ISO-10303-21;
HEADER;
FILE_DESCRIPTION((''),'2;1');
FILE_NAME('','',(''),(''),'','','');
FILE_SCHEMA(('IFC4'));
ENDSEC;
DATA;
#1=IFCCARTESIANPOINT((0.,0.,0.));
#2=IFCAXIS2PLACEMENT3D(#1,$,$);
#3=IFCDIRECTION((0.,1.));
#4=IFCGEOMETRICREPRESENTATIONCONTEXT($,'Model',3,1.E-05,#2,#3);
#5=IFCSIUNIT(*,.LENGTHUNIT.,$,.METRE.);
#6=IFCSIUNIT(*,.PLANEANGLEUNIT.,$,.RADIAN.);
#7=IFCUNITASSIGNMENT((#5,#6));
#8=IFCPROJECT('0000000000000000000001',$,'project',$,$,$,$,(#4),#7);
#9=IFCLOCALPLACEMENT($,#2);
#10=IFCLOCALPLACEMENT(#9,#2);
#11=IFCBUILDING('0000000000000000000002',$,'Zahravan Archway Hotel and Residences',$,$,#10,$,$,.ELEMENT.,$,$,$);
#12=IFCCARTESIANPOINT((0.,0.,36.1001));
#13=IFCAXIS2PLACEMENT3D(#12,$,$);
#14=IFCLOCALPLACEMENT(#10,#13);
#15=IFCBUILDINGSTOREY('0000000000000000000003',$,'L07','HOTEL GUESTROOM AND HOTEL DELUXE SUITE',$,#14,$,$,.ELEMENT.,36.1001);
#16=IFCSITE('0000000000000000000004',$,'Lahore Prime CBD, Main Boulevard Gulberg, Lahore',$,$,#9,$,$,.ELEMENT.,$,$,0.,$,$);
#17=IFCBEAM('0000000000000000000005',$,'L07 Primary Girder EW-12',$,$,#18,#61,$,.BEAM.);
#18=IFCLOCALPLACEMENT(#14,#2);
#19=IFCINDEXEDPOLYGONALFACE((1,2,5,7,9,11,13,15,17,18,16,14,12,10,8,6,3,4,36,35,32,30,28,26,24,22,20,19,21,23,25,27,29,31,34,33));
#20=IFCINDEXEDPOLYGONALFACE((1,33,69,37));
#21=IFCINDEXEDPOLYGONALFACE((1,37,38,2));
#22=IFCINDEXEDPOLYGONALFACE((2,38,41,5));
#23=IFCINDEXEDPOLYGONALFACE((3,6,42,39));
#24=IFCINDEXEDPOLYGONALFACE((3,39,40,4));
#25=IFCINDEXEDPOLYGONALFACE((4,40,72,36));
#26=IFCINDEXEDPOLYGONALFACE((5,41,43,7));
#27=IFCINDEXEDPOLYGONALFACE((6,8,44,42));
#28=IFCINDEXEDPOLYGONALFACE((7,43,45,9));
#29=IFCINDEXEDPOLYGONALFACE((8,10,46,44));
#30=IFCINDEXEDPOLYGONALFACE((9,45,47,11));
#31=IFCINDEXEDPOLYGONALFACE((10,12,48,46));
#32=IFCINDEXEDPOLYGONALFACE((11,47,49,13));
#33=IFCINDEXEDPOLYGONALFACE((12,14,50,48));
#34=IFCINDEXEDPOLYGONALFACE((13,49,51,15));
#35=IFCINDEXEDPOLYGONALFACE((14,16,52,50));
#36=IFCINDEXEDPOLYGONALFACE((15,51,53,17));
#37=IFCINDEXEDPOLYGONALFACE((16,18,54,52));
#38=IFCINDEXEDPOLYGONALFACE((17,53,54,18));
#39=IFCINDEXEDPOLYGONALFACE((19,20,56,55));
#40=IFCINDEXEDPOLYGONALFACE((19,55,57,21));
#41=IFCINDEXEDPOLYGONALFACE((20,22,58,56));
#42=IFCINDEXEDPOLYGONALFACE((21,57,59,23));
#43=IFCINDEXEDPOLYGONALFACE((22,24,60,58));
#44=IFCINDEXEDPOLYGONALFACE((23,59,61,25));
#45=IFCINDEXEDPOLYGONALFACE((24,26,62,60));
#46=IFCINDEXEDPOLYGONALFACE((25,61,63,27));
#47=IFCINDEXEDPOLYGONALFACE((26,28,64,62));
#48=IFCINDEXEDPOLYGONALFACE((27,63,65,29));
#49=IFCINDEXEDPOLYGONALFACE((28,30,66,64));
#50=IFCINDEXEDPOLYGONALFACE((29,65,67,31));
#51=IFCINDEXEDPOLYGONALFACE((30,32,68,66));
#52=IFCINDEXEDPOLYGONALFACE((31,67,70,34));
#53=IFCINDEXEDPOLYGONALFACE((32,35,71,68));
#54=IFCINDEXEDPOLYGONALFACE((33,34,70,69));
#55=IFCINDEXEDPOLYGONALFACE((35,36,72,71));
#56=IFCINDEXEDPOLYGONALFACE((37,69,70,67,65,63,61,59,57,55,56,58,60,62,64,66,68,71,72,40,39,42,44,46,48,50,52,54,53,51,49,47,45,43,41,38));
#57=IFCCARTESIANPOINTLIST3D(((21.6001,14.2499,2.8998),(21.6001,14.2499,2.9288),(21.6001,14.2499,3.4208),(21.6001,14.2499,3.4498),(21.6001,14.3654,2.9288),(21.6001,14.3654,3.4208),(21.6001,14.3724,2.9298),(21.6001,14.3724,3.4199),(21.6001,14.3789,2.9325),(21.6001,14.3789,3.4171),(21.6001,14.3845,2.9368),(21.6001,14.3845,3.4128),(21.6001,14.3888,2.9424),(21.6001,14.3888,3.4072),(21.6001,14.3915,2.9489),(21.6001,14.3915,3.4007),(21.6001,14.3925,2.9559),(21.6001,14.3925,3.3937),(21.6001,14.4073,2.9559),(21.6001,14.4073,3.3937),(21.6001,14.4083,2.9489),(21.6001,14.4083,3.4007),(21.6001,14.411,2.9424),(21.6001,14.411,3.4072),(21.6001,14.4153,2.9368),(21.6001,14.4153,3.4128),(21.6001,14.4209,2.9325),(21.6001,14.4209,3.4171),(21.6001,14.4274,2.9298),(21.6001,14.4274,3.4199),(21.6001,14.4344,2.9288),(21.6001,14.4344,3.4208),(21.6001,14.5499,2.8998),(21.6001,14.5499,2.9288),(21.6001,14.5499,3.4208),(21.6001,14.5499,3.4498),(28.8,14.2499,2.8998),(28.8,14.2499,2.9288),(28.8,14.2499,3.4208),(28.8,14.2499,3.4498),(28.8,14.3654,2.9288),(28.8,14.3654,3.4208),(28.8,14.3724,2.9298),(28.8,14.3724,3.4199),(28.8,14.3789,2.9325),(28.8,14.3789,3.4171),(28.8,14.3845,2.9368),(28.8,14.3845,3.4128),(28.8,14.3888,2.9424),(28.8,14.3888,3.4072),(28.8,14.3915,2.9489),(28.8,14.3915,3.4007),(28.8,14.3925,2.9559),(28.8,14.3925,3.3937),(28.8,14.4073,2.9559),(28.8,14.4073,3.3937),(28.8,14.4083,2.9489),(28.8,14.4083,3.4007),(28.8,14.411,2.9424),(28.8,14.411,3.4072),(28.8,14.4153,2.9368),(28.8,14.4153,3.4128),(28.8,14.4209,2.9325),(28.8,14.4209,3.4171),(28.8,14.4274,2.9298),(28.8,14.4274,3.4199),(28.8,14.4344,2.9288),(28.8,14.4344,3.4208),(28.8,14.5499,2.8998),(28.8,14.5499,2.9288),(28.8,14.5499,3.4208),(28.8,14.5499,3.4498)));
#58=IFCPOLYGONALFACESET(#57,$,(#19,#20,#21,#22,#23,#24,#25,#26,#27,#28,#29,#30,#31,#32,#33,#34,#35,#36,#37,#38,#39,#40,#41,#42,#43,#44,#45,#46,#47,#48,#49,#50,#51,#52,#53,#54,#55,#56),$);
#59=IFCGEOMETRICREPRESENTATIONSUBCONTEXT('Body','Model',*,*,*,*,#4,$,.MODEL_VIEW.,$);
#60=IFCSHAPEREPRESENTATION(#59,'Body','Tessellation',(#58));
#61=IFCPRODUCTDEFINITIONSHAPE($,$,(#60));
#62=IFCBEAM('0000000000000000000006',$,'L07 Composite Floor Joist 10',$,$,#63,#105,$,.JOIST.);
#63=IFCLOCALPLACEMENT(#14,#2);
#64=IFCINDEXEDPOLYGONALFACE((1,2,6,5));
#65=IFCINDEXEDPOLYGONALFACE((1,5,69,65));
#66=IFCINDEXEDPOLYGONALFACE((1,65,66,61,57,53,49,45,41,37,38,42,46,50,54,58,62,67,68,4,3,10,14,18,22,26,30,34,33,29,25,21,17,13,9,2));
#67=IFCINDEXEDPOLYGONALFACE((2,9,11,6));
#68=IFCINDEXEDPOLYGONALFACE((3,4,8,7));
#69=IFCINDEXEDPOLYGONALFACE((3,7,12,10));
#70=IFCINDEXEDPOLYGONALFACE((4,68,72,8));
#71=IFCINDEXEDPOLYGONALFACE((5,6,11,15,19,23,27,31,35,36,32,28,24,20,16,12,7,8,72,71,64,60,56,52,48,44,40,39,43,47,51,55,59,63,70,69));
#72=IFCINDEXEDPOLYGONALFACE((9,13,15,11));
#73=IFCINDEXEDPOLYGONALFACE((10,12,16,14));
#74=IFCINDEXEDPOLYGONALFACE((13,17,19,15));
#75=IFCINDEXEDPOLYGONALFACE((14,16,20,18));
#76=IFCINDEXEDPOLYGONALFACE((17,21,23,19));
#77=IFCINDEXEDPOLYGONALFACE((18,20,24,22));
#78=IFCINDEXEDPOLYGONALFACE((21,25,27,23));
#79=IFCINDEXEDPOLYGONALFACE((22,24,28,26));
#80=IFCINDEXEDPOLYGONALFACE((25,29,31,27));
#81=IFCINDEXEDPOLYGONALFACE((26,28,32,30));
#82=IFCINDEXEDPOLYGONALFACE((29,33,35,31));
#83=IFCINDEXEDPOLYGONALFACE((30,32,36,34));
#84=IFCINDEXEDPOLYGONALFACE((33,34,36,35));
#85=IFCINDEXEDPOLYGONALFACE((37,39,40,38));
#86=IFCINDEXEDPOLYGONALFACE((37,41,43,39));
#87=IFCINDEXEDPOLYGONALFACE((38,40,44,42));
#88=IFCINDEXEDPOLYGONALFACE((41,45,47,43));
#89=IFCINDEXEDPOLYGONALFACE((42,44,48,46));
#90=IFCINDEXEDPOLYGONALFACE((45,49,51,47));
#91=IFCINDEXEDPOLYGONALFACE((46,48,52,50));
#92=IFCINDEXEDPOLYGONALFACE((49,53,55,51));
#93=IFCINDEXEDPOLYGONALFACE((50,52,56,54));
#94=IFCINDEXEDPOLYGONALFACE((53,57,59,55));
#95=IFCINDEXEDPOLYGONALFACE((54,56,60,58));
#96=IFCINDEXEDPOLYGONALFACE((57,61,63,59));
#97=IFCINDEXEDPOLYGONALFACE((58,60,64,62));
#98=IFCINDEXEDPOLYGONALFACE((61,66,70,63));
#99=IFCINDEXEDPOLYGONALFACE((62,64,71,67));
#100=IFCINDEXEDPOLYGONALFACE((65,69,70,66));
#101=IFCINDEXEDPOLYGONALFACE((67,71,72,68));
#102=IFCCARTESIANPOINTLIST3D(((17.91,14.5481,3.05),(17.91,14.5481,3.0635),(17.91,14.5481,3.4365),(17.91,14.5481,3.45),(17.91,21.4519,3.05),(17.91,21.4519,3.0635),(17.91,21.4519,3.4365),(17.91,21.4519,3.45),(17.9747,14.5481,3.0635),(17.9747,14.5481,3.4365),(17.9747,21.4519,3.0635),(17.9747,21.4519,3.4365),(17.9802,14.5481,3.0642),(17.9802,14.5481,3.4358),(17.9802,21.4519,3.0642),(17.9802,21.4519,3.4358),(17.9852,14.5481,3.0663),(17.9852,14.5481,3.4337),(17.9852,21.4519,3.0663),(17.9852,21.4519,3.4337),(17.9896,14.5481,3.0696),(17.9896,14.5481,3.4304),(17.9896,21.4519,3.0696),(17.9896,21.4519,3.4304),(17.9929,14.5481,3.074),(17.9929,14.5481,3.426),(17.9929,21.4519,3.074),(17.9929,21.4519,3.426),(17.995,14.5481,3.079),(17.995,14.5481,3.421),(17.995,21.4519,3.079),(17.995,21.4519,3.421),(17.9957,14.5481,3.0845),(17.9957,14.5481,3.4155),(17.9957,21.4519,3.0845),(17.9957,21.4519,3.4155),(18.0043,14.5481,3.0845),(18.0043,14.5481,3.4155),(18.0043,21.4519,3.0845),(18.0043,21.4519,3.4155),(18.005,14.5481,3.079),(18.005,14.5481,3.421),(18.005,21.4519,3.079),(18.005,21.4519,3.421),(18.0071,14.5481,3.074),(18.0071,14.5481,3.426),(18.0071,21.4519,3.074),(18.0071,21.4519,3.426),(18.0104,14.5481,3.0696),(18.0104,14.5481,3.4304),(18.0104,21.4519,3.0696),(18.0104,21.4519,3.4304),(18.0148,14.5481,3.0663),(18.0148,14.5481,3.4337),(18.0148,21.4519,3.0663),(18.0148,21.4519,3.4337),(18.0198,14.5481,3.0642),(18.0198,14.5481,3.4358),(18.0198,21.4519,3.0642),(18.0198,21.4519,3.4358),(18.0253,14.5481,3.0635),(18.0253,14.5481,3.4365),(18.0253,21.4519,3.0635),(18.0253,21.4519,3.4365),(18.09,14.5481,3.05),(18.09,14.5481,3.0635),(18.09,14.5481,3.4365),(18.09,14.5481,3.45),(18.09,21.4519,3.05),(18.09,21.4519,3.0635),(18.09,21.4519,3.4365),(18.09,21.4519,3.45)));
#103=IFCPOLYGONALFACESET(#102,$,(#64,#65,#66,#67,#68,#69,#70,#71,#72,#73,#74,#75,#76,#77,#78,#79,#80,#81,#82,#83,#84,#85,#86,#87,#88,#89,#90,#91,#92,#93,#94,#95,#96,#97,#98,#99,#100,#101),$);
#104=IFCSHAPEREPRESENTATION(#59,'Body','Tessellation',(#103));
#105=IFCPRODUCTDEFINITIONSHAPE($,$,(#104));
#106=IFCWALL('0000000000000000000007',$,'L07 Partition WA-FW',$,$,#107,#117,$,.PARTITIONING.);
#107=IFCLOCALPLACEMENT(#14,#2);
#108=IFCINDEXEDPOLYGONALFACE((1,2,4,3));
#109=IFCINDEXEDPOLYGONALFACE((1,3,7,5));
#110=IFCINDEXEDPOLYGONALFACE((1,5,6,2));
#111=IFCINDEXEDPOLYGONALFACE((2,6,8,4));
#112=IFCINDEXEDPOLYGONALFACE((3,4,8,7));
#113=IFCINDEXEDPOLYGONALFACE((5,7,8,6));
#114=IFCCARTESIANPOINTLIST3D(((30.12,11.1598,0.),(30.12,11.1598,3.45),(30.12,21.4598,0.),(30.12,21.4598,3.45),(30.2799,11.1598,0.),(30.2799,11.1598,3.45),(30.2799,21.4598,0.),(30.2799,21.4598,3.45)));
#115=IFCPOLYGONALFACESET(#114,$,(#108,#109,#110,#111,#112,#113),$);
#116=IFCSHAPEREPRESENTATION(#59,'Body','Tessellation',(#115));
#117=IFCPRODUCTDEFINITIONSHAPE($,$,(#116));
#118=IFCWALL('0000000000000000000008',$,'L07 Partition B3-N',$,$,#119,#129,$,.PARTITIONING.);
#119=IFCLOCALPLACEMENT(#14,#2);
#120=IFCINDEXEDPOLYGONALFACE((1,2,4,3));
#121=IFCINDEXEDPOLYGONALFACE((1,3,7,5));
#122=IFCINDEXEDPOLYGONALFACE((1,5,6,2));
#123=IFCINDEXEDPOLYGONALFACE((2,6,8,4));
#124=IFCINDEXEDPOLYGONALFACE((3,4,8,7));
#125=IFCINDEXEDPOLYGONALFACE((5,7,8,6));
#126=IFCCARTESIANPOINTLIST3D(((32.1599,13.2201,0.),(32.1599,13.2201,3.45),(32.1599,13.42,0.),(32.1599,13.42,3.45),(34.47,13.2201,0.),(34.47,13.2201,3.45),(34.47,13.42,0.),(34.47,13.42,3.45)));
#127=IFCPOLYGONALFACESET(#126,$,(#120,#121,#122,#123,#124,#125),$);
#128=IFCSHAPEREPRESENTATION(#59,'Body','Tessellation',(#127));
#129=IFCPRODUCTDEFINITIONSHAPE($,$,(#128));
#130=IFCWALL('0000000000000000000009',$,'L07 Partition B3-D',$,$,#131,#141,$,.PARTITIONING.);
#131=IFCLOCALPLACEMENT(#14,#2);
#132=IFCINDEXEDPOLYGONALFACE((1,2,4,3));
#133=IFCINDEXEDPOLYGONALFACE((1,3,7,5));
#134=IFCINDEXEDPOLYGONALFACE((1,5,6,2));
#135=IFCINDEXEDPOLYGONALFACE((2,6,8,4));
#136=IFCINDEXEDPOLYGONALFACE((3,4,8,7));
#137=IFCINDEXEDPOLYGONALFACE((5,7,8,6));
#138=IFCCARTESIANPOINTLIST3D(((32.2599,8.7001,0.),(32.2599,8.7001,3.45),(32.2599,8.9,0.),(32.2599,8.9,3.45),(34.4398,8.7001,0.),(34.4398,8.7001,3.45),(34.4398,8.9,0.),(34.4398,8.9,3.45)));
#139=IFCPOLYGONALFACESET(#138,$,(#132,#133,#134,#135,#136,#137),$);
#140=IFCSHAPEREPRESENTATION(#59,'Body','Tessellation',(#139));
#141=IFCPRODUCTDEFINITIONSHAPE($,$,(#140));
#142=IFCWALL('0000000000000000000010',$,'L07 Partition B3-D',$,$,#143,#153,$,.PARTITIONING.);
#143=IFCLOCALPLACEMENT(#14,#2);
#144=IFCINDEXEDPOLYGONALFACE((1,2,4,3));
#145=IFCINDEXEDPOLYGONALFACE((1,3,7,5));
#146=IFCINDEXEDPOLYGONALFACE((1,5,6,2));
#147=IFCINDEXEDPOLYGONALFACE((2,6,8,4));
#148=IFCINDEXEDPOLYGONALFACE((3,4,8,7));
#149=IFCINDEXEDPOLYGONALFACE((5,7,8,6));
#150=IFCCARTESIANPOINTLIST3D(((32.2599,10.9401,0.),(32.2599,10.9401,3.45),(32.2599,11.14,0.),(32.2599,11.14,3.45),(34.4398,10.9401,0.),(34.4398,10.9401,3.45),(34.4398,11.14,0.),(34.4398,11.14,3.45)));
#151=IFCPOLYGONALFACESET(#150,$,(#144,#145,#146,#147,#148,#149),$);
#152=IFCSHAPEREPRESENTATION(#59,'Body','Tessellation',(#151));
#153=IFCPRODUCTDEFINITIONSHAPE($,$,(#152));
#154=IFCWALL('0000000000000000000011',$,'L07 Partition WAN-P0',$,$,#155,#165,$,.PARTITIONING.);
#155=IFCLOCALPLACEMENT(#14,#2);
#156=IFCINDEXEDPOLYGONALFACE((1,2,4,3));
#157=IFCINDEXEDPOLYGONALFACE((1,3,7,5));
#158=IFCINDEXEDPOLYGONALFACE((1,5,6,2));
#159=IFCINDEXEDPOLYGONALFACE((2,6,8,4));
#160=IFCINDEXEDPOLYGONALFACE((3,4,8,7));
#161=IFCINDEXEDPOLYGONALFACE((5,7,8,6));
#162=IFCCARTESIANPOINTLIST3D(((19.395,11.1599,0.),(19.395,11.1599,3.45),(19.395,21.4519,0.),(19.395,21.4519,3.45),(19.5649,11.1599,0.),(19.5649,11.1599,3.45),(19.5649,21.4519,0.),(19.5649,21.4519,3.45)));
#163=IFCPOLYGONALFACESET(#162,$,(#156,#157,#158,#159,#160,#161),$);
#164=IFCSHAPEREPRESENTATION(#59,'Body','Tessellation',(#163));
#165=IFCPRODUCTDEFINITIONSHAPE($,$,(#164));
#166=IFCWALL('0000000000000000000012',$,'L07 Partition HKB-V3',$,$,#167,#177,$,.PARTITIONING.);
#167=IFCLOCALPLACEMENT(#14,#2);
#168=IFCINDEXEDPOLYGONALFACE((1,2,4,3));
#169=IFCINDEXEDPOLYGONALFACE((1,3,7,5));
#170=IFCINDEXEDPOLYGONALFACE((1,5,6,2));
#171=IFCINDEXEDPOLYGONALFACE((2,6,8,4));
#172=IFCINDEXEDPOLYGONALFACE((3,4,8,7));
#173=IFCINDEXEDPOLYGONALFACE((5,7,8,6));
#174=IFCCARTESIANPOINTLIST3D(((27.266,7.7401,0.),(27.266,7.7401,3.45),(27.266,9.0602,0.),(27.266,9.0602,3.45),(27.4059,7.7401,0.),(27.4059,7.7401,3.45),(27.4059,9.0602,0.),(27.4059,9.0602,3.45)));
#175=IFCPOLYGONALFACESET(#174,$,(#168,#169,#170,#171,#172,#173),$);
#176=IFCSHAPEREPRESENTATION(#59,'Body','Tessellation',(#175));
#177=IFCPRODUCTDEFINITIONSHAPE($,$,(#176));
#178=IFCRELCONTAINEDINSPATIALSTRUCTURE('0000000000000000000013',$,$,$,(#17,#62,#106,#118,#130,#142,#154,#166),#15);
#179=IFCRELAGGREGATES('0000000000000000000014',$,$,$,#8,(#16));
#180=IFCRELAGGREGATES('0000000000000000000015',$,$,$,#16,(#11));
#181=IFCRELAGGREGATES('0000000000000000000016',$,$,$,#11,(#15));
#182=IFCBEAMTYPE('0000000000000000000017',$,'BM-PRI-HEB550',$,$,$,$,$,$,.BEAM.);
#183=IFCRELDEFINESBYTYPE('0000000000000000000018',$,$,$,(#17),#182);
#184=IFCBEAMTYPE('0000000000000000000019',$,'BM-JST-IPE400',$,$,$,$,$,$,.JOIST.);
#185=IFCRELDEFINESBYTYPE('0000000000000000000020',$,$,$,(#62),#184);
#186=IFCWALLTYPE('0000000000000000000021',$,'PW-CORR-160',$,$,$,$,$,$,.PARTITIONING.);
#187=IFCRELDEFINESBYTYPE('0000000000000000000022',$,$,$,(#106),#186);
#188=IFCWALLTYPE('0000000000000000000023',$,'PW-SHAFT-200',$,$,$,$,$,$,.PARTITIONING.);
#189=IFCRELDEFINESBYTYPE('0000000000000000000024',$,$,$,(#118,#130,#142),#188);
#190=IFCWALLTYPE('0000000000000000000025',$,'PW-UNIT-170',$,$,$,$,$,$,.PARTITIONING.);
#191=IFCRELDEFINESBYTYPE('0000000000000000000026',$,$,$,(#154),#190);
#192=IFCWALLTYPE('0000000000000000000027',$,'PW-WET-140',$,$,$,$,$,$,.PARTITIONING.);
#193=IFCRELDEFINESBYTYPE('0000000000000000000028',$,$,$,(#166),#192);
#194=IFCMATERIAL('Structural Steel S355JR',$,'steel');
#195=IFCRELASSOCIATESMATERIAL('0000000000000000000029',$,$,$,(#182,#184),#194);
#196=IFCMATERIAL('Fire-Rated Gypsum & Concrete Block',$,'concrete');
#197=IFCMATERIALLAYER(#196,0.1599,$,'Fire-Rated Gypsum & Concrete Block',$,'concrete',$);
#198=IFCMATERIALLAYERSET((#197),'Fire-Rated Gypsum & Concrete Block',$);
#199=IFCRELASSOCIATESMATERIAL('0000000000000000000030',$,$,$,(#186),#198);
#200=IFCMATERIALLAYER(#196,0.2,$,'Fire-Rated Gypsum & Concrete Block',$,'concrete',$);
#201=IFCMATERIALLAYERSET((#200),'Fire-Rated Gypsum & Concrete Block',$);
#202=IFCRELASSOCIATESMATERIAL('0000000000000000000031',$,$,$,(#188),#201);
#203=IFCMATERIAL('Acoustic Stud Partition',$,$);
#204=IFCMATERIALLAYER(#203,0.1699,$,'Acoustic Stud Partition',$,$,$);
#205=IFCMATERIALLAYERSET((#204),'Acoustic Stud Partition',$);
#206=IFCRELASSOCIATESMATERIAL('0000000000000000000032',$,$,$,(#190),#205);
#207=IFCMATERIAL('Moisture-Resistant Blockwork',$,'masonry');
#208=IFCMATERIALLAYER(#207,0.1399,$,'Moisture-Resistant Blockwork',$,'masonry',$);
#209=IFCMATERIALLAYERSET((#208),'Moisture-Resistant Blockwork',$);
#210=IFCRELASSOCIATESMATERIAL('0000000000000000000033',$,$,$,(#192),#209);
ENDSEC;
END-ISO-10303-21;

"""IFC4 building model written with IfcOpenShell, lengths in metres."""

from ifc_helpers import new_model, si_unit, direction, frame, frame_2d, origin, origin_2d, place, context, subcontext, project, spatial, rectangle, i_section, extrude, source, transform, mapped, material, layer, layer_set, material_profile, profile_set, type_object, element, save


model = new_model("IFC4")

# Units and contexts
model_context = context("Model", 3, precision=1e-05, world=origin(), true_north=direction((0.0, 1.0)))
body_context = subcontext(model_context, "Body", "Model", "MODEL_VIEW")
ifc_project = project(units=[si_unit("LENGTHUNIT", "METRE"), si_unit("PLANEANGLEUNIT", "RADIAN")], contexts=[model_context])

# Site, building, storey
site_placement = place(None, origin())
site = spatial("IfcSite", under=ifc_project, at=site_placement, Name="Lahore Prime CBD, Main Boulevard Gulberg, Lahore", CompositionType="ELEMENT", RefElevation=0.0)
building_placement = place(site_placement, origin())
building = spatial("IfcBuilding", under=site, at=building_placement, Name="Zahravan Archway Hotel and Residences", CompositionType="ELEMENT")
storey_placement = place(building_placement, frame((0.0, 0.0, 36.1001)))
storey = spatial("IfcBuildingStorey", under=building, at=storey_placement, Name="L07", Description="HOTEL GUESTROOM AND HOTEL DELUXE SUITE", CompositionType="ELEMENT", Elevation=36.1001)

# Beams
ifc_material_1 = material(Name="Structural Steel S355JR", Category="steel")
ifc_material_profile_1 = material_profile(ifc_material_1, i_section(OverallWidth=0.3, OverallDepth=0.55, WebThickness=0.0149, FlangeThickness=0.0291, FilletRadius=0.0271, at=origin_2d()), Name="HEB 550", Category="steel")
ifc_profile_set_1 = profile_set([ifc_material_profile_1], Name="Structural Steel S355JR")
beam_type_1 = type_object("IfcBeamType", Name="BM-PRI-HEB550", PredefinedType="BEAM", material=ifc_profile_set_1)
shared_shape_1 = source(origin(), body_context, "Body", "SweptSolid", [
    extrude(i_section(OverallWidth=0.3, OverallDepth=0.55, WebThickness=0.0149, FlangeThickness=0.0291, FilletRadius=0.0271, at=origin_2d()), origin(), (0.0, 0.0, 1.0), 7.2),
])
beam_1_placement = place(storey_placement, frame((21.6001, 14.3999, 3.1748), z_axis=(1.0, 0.0, 0.0), x_axis=(0.0, 1.0, 0.0)))
element("IfcBeam", 1, at=beam_1_placement, inside=storey, type_object=beam_type_1, Name="L07 Primary Girder EW-12", PredefinedType="BEAM", context=body_context, shape_type="MappedRepresentation", body=[
    mapped(shared_shape_1, transform((0.0, 0.0, 0.0), scale=1.0)),
])
ifc_material_profile_2 = material_profile(ifc_material_1, i_section(OverallWidth=0.1799, OverallDepth=0.3999, WebThickness=0.0085, FlangeThickness=0.0134, FilletRadius=0.021, at=origin_2d()), Name="IPE 400", Category="steel")
ifc_profile_set_2 = profile_set([ifc_material_profile_2], Name="Structural Steel S355JR")
beam_type_2 = type_object("IfcBeamType", Name="BM-JST-IPE400", PredefinedType="JOIST", material=ifc_profile_set_2)
shared_shape_2 = source(origin(), body_context, "Body", "SweptSolid", [
    extrude(i_section(OverallWidth=0.1799, OverallDepth=0.3999, WebThickness=0.0085, FlangeThickness=0.0134, FilletRadius=0.021, at=origin_2d()), origin(), (0.0, 0.0, 1.0), 6.9038),
])
beam_2_placement = place(storey_placement, frame((18.0, 14.5481, 3.25), z_axis=(0.0, 1.0, 0.0), x_axis=(-1.0, 0.0, 0.0)))
element("IfcBeam", 2, at=beam_2_placement, inside=storey, type_object=beam_type_2, Name="L07 Composite Floor Joist 10", PredefinedType="JOIST", context=body_context, shape_type="MappedRepresentation", body=[
    mapped(shared_shape_2, transform((0.0, 0.0, 0.0), scale=1.0)),
])

# Walls
ifc_material_2 = material(Name="Fire-Rated Gypsum & Concrete Block", Category="concrete")
ifc_layer_1 = layer(ifc_material_2, 0.1599, Name="Fire-Rated Gypsum & Concrete Block", Category="concrete")
ifc_layer_set_1 = layer_set([ifc_layer_1], Name="Fire-Rated Gypsum & Concrete Block")
wall_type_1 = type_object("IfcWallType", Name="PW-CORR-160", PredefinedType="PARTITIONING", material=ifc_layer_set_1)
wall_1_placement = place(storey_placement, frame((30.2, 11.1599, 0.0), z_axis=(0.0, 0.0, 1.0), x_axis=(0.0, 1.0, 0.0)))
element("IfcWall", 3, at=wall_1_placement, inside=storey, type_object=wall_type_1, Name="L07 Partition WA-FW", PredefinedType="PARTITIONING", context=body_context, shape_type="SweptSolid", body=[
    extrude(rectangle(XDim=10.3, YDim=0.1599, at=frame_2d((5.1499, 0.0))), origin(), (0.0, 0.0, 1.0), 3.45),
])
ifc_layer_2 = layer(ifc_material_2, 0.2, Name="Fire-Rated Gypsum & Concrete Block", Category="concrete")
ifc_layer_set_2 = layer_set([ifc_layer_2], Name="Fire-Rated Gypsum & Concrete Block")
wall_type_2 = type_object("IfcWallType", Name="PW-SHAFT-200", PredefinedType="PARTITIONING", material=ifc_layer_set_2)
wall_2_placement = place(storey_placement, frame((32.1599, 13.3201, 0.0), z_axis=(0.0, 0.0, 1.0), x_axis=(1.0, 0.0, 0.0)))
element("IfcWall", 4, at=wall_2_placement, inside=storey, type_object=wall_type_2, Name="L07 Partition B3-N", PredefinedType="PARTITIONING", context=body_context, shape_type="SweptSolid", body=[
    extrude(rectangle(XDim=2.3101, YDim=0.2, at=frame_2d((1.155, 0.0))), origin(), (0.0, 0.0, 1.0), 3.45),
])
for number, where, z_axis, x_axis, name in (
    (5, (32.26, 8.8, 0.0), (0.0, 0.0, 1.0), (1.0, 0.0, 0.0), "L07 Partition B3-D"),
    (6, (32.26, 11.04, 0.0), (0.0, 0.0, 1.0), (1.0, 0.0, 0.0), "L07 Partition B3-D"),
):
    element("IfcWall", number, at=place(storey_placement, frame(where, z_axis=z_axis, x_axis=x_axis)), inside=storey, type_object=wall_type_2, Name=name, PredefinedType="PARTITIONING", context=body_context, shape_type="SweptSolid", body=[
        extrude(rectangle(XDim=2.1799, YDim=0.2, at=frame_2d((1.0898, 0.0))), origin(), (0.0, 0.0, 1.0), 3.45),
    ])
ifc_material_3 = material(Name="Acoustic Stud Partition")
ifc_layer_3 = layer(ifc_material_3, 0.1699, Name="Acoustic Stud Partition")
ifc_layer_set_3 = layer_set([ifc_layer_3], Name="Acoustic Stud Partition")
wall_type_3 = type_object("IfcWallType", Name="PW-UNIT-170", PredefinedType="PARTITIONING", material=ifc_layer_set_3)
wall_3_placement = place(storey_placement, frame((19.48, 11.1599, 0.0), z_axis=(0.0, 0.0, 1.0), x_axis=(0.0, 1.0, 0.0)))
element("IfcWall", 7, at=wall_3_placement, inside=storey, type_object=wall_type_3, Name="L07 Partition WAN-P0", PredefinedType="PARTITIONING", context=body_context, shape_type="SweptSolid", body=[
    extrude(rectangle(XDim=10.292, YDim=0.1699, at=frame_2d((5.146, 0.0))), origin(), (0.0, 0.0, 1.0), 3.45),
])
ifc_material_4 = material(Name="Moisture-Resistant Blockwork", Category="masonry")
ifc_layer_4 = layer(ifc_material_4, 0.1399, Name="Moisture-Resistant Blockwork", Category="masonry")
ifc_layer_set_4 = layer_set([ifc_layer_4], Name="Moisture-Resistant Blockwork")
wall_type_4 = type_object("IfcWallType", Name="PW-WET-140", PredefinedType="PARTITIONING", material=ifc_layer_set_4)
wall_4_placement = place(storey_placement, frame((27.3359, 7.74, 0.0), z_axis=(0.0, 0.0, 1.0), x_axis=(0.0, 1.0, 0.0)))
element("IfcWall", 8, at=wall_4_placement, inside=storey, type_object=wall_type_4, Name="L07 Partition HKB-V3", PredefinedType="PARTITIONING", context=body_context, shape_type="SweptSolid", body=[
    extrude(rectangle(XDim=1.3201, YDim=0.1399, at=frame_2d((0.6602, 0.0))), origin(), (0.0, 0.0, 1.0), 3.45),
])

save(model, "model.ifc")
